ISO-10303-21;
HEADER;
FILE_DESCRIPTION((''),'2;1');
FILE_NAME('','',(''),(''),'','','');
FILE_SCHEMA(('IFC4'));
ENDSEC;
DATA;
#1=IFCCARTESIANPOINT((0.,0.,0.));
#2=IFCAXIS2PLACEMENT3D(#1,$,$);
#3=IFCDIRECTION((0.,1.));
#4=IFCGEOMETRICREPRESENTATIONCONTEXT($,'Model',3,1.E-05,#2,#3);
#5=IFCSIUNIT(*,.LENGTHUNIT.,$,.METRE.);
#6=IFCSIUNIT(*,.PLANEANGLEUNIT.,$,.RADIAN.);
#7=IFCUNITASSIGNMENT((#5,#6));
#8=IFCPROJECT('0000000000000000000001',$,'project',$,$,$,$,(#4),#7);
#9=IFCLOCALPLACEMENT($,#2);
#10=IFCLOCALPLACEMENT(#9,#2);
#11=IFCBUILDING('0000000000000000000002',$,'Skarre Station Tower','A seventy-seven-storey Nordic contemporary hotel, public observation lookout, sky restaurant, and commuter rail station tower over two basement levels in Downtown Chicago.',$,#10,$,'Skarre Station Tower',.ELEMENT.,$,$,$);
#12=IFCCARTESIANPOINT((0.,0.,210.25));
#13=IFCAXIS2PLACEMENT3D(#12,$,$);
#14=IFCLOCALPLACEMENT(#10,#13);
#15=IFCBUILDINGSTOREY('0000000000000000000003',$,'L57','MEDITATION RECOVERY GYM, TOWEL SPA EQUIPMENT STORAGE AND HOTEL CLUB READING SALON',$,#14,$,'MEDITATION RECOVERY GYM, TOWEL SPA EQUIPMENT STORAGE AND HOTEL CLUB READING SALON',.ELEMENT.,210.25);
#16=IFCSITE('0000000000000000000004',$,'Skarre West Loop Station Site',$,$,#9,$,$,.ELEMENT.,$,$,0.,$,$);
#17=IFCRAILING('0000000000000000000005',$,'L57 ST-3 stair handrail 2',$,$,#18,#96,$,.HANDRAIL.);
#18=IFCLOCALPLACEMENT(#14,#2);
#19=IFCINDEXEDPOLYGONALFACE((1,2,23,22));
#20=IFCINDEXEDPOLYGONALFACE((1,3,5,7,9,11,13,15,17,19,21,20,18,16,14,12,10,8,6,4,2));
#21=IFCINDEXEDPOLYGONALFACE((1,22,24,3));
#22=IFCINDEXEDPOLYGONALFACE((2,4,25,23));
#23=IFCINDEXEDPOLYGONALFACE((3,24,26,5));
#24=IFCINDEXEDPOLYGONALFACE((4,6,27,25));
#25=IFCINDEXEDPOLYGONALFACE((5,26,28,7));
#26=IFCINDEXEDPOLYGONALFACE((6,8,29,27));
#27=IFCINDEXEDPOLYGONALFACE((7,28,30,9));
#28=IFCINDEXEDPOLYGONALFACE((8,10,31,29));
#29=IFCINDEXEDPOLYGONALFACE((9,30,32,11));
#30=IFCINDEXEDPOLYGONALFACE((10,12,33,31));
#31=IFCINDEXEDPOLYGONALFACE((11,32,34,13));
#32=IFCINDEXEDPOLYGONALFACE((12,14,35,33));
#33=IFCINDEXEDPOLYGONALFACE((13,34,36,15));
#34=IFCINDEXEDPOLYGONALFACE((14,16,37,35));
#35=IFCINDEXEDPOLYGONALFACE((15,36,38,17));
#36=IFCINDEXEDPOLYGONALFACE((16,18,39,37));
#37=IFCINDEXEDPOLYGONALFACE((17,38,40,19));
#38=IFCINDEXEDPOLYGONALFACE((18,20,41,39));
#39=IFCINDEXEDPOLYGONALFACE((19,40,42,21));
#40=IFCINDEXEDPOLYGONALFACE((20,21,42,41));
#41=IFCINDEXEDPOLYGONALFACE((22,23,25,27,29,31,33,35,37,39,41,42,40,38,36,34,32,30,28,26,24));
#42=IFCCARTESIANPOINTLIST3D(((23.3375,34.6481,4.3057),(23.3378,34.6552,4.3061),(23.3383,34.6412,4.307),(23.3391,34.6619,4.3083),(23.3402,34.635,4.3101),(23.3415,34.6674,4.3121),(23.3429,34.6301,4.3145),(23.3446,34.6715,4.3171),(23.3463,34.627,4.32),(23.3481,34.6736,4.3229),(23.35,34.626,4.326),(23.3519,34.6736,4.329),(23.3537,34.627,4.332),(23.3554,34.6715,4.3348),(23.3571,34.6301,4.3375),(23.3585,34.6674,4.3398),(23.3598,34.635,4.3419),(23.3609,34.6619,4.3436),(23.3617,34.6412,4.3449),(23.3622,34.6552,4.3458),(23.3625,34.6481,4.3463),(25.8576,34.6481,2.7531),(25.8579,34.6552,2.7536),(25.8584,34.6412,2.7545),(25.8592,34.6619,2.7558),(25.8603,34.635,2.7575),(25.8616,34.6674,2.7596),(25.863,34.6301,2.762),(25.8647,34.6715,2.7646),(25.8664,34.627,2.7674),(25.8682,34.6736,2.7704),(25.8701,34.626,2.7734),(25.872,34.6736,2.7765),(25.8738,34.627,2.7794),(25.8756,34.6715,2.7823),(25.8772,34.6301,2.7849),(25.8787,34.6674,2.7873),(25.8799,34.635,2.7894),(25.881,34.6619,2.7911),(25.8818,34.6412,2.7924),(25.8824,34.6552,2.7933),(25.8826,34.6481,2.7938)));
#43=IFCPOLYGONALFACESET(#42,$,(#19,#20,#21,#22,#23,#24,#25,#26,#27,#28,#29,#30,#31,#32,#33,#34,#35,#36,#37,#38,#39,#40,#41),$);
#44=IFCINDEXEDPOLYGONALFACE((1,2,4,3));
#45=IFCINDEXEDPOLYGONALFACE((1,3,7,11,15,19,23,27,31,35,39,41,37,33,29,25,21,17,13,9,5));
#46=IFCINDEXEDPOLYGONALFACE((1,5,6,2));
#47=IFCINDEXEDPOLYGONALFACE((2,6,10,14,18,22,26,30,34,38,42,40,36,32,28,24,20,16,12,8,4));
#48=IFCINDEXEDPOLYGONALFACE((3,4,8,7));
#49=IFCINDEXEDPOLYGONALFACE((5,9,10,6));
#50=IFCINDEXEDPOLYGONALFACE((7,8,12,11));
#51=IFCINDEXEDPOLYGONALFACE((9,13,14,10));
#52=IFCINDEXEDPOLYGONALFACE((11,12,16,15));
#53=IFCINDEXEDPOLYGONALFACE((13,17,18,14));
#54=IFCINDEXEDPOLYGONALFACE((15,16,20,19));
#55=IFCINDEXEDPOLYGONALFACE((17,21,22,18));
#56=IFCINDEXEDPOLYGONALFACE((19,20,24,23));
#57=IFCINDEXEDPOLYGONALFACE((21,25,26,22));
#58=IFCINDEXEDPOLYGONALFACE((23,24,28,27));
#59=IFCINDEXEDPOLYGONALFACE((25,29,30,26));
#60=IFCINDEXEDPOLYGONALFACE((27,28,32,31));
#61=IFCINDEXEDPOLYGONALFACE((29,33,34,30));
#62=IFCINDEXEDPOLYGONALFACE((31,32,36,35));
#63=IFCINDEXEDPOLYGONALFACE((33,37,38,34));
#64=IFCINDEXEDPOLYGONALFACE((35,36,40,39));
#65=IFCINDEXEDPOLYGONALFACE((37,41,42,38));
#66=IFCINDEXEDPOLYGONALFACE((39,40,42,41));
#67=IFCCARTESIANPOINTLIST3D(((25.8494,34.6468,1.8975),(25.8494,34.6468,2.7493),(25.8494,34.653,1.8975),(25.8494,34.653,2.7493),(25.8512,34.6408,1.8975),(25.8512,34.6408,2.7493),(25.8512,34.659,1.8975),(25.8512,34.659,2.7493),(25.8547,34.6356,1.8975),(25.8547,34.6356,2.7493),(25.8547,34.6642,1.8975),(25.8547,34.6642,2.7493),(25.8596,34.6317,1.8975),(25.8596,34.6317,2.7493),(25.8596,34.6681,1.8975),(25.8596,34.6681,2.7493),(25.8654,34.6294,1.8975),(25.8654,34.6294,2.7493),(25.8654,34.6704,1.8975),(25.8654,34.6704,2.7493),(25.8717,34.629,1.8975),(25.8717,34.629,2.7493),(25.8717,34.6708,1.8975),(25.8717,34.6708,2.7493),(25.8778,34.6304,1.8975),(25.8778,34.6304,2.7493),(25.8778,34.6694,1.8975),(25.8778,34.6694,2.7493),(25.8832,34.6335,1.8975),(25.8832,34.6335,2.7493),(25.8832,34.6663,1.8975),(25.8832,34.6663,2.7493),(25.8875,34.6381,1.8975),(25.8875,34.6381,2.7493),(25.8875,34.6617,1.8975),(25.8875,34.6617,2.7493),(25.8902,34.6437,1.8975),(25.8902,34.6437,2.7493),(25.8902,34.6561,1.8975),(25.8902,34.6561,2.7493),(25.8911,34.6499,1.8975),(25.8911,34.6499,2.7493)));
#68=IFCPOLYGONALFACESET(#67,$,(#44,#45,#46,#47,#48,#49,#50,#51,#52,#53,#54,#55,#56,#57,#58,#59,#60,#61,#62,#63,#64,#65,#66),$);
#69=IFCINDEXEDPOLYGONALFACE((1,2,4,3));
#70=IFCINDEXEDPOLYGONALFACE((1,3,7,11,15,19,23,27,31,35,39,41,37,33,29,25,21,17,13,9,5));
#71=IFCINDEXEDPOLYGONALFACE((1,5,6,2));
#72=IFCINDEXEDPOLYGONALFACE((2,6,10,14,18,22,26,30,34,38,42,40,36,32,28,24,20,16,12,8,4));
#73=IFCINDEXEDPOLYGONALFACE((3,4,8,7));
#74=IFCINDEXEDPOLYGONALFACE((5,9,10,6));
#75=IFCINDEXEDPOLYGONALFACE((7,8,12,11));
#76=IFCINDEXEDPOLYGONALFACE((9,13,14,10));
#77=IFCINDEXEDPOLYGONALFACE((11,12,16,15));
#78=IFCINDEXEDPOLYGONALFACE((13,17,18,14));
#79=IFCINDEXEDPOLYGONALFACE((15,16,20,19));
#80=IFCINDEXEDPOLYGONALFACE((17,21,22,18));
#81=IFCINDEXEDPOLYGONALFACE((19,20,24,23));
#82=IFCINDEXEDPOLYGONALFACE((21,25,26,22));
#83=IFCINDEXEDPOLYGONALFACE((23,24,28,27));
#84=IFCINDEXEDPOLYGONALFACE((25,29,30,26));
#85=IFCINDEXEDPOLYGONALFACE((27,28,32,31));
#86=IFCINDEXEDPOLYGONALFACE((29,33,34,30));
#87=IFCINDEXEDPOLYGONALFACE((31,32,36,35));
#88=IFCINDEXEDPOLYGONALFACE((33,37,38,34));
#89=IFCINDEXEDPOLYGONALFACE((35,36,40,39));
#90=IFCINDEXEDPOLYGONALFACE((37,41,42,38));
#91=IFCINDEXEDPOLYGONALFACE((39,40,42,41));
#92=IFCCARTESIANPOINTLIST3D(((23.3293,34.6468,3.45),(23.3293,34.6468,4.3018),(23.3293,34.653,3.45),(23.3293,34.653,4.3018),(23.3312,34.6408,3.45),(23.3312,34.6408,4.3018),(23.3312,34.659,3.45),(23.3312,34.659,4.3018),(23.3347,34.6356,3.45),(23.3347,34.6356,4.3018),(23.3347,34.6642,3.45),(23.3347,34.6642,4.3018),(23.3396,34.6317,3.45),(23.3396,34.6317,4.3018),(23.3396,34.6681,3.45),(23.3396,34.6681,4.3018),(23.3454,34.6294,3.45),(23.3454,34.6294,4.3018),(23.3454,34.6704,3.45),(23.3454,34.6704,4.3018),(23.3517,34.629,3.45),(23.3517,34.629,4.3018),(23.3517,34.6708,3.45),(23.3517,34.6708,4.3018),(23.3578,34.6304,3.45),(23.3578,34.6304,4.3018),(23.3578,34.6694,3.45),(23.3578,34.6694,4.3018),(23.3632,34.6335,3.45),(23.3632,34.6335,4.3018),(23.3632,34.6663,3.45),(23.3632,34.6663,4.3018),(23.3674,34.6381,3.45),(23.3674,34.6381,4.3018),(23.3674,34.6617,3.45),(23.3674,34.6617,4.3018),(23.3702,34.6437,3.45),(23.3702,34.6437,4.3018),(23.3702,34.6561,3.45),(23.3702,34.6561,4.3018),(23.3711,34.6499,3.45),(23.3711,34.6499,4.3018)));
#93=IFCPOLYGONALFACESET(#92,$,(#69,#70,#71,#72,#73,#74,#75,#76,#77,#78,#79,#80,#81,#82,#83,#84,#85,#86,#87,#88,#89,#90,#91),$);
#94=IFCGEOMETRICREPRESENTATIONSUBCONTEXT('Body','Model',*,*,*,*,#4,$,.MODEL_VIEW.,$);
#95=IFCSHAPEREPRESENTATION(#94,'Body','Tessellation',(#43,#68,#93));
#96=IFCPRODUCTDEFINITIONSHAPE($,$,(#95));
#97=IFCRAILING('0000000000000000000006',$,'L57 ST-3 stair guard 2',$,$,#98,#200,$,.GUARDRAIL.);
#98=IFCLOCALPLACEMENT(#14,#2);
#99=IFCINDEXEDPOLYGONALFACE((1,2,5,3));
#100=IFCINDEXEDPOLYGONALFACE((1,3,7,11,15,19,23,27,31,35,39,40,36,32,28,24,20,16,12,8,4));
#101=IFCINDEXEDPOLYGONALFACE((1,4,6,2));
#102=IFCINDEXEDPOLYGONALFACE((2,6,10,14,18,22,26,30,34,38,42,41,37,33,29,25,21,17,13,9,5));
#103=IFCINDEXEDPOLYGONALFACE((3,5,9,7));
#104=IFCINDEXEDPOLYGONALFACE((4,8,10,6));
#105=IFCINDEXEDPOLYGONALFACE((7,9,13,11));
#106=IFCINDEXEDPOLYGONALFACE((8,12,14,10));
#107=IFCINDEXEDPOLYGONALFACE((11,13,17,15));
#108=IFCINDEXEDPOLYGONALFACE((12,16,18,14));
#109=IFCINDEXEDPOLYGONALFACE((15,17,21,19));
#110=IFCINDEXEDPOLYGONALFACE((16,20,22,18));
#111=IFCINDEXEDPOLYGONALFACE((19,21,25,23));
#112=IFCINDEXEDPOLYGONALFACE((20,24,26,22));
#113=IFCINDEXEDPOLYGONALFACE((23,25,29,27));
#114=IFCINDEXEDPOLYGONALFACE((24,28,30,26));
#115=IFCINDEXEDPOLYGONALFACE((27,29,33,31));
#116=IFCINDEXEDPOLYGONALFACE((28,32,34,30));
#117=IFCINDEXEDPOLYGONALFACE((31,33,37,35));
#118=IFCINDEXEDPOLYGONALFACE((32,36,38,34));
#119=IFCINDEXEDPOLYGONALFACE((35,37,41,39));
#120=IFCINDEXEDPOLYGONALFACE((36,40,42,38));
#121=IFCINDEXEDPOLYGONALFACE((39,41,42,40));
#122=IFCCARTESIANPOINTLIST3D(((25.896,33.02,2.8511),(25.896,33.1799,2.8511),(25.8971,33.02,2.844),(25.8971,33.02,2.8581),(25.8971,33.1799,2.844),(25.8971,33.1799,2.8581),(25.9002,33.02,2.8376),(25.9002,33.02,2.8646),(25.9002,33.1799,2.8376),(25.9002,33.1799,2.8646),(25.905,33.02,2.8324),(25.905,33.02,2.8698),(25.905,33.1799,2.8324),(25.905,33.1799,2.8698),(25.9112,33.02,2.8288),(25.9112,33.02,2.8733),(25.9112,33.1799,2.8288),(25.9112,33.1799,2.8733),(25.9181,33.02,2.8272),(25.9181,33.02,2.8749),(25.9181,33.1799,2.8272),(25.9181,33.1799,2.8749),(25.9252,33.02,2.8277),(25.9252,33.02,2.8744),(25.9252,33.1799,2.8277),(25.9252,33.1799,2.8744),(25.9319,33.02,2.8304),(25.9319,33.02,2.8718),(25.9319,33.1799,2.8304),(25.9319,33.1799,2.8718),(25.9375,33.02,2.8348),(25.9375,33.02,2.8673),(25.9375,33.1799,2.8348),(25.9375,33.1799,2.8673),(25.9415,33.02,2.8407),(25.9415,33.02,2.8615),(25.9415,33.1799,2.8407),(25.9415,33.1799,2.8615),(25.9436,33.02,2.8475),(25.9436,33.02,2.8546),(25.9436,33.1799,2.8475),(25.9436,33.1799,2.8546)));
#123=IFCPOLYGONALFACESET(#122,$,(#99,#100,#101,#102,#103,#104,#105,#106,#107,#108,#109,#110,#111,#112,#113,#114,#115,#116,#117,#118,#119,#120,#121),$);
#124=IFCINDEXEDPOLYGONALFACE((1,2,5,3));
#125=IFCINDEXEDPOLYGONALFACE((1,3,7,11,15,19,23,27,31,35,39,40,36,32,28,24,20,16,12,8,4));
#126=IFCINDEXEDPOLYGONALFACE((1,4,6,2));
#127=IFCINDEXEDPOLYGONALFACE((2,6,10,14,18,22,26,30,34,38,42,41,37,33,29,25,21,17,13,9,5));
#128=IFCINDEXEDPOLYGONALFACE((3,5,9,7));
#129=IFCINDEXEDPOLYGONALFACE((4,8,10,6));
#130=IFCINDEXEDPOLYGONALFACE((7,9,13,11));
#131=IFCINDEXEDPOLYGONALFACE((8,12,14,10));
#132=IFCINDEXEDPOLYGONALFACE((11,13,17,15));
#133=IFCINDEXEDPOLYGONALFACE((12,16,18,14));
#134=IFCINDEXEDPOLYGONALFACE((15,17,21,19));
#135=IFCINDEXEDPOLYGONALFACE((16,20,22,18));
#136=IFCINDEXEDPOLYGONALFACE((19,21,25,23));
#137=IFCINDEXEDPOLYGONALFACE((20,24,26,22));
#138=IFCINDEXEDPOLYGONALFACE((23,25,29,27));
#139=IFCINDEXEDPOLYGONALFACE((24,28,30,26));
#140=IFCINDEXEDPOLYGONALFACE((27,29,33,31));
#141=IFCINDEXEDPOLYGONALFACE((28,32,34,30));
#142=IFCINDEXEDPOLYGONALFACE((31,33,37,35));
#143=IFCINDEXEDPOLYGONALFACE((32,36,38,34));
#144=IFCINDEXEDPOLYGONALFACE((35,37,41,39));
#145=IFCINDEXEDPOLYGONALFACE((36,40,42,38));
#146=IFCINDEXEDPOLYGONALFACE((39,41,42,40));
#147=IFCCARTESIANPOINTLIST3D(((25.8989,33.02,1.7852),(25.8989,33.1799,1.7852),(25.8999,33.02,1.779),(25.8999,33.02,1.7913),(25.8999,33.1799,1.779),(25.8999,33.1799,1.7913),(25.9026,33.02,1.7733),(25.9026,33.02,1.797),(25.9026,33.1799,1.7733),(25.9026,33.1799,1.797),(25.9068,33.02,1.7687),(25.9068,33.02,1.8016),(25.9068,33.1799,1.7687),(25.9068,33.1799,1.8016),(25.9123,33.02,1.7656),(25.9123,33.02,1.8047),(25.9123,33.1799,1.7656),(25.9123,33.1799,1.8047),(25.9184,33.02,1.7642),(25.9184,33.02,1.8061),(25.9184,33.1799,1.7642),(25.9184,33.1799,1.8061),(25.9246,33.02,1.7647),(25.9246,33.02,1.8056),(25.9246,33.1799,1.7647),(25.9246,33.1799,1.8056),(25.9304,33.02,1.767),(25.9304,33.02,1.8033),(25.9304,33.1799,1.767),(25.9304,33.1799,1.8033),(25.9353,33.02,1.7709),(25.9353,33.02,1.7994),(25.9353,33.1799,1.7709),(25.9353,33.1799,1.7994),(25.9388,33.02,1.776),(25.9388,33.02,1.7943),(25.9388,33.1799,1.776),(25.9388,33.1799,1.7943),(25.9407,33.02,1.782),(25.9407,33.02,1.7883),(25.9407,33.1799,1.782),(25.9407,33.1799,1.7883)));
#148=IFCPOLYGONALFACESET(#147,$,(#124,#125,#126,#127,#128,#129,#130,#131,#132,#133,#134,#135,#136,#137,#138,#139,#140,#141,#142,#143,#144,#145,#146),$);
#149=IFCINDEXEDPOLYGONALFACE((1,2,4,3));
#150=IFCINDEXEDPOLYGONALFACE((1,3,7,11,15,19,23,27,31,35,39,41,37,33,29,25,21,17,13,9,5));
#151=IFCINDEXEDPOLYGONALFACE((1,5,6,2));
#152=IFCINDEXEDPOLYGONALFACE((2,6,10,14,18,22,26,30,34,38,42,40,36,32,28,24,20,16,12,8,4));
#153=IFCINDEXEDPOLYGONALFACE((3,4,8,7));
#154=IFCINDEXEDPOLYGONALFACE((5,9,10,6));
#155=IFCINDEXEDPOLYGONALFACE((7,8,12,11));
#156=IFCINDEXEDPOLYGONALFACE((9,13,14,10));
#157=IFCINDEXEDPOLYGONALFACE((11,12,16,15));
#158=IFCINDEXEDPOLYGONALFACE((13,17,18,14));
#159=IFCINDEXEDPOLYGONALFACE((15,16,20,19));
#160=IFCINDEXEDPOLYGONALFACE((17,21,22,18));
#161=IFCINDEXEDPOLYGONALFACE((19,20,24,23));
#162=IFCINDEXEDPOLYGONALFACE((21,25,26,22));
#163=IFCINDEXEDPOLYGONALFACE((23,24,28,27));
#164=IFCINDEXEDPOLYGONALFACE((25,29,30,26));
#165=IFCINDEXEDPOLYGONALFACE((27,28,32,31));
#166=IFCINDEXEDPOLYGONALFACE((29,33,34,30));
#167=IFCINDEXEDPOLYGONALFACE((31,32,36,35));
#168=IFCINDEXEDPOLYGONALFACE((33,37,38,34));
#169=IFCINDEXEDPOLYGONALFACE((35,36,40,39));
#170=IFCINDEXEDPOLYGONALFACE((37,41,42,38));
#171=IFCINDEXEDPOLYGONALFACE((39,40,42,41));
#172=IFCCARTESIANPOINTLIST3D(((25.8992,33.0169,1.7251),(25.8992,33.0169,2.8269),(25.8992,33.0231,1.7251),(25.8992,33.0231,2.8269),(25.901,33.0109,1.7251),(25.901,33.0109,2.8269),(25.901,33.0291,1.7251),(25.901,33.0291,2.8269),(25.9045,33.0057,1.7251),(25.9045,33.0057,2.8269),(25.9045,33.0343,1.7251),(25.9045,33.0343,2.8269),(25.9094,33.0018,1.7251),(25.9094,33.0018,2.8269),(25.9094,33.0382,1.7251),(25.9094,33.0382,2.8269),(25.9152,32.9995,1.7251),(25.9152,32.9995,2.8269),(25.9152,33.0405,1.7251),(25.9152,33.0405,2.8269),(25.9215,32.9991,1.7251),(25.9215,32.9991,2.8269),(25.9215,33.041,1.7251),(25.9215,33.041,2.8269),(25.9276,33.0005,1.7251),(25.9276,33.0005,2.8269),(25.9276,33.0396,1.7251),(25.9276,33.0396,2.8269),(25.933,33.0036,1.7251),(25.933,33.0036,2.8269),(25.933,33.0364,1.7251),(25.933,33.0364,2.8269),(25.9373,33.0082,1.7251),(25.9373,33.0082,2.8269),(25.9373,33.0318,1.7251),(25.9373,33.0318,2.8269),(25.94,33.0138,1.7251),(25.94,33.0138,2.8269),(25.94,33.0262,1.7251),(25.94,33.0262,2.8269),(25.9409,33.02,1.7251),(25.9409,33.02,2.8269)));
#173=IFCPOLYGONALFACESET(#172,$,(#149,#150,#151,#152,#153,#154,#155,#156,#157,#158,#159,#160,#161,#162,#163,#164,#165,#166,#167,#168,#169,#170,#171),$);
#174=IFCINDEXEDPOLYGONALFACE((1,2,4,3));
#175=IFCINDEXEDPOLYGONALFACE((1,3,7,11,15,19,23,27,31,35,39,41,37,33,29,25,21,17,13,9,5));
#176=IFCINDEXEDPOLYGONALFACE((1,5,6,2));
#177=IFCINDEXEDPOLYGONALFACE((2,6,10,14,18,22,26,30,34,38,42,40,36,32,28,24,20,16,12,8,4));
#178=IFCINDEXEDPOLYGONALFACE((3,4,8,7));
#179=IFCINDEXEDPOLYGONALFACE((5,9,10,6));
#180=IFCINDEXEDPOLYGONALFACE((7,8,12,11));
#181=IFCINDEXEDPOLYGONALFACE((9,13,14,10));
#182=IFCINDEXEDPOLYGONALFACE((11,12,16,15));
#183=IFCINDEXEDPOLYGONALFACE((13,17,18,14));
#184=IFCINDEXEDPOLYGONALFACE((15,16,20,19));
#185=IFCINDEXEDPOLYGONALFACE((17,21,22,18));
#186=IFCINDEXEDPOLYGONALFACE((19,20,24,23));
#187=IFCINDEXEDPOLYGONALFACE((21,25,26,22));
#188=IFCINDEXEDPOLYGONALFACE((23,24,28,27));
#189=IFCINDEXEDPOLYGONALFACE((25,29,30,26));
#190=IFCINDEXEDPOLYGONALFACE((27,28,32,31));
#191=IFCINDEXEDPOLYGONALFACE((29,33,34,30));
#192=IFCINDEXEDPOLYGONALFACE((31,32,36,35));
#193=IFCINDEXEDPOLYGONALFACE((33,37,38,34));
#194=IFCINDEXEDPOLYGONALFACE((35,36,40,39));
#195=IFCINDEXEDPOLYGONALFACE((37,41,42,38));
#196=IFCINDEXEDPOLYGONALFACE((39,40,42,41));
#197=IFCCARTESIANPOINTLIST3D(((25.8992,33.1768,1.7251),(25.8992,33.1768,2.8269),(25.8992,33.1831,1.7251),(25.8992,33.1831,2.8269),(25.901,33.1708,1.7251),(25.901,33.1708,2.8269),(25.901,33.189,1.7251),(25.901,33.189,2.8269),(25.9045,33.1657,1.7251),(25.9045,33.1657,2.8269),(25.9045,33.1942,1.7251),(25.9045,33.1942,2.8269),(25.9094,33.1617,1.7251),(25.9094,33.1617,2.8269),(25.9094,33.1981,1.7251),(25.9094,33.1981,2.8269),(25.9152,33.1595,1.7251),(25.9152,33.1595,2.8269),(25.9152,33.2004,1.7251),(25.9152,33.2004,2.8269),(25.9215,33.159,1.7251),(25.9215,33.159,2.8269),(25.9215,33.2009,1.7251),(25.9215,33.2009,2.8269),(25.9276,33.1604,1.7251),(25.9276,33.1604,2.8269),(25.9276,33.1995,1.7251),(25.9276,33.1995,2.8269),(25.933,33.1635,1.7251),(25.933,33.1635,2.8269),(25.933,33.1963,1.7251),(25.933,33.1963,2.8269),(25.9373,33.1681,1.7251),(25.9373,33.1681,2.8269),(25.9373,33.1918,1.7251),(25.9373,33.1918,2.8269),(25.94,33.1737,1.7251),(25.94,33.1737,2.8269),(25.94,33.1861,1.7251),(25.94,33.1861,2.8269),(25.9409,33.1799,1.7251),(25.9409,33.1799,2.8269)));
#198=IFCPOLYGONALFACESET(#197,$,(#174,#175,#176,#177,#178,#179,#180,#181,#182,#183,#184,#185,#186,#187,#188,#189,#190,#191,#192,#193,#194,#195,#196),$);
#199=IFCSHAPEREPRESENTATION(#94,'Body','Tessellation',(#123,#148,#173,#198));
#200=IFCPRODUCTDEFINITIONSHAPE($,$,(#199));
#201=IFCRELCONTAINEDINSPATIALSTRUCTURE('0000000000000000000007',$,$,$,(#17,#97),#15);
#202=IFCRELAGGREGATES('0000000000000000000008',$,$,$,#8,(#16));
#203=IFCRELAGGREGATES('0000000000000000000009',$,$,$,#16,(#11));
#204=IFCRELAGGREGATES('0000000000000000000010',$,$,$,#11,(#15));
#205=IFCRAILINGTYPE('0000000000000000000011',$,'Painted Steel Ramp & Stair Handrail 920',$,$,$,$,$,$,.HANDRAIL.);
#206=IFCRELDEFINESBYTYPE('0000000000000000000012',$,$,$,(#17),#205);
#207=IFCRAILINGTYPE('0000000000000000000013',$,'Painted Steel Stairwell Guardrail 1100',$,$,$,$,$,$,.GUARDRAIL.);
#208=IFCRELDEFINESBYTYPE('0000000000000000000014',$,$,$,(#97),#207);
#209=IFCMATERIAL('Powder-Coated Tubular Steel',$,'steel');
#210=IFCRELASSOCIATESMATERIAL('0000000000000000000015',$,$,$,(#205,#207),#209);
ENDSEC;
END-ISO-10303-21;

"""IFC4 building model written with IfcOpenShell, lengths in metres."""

from ifc_helpers import new_model, si_unit, direction, frame, origin, origin_2d, place, context, subcontext, project, spatial, circle, extrude, material, type_object, element, save


model = new_model("IFC4")

# Units and contexts
model_context = context("Model", 3, precision=1e-05, world=origin(), true_north=direction((0.0, 1.0)))
body_context = subcontext(model_context, "Body", "Model", "MODEL_VIEW")
ifc_project = project(units=[si_unit("LENGTHUNIT", "METRE"), si_unit("PLANEANGLEUNIT", "RADIAN")], contexts=[model_context])

# Site, building, storey
site_placement = place(None, origin())
site = spatial("IfcSite", under=ifc_project, at=site_placement, Name="Skarre West Loop Station Site", CompositionType="ELEMENT", RefElevation=0.0)
building_placement = place(site_placement, origin())
building = spatial("IfcBuilding", under=site, at=building_placement, Name="Skarre Station Tower", Description="A seventy-seven-storey Nordic contemporary hotel, public observation lookout, sky restaurant, and commuter rail station tower over two basement levels in Downtown Chicago.", LongName="Skarre Station Tower", CompositionType="ELEMENT")
storey_placement = place(building_placement, frame((0.0, 0.0, 210.25)))
storey = spatial("IfcBuildingStorey", under=building, at=storey_placement, Name="L57", Description="MEDITATION RECOVERY GYM, TOWEL SPA EQUIPMENT STORAGE AND HOTEL CLUB READING SALON", LongName="MEDITATION RECOVERY GYM, TOWEL SPA EQUIPMENT STORAGE AND HOTEL CLUB READING SALON", CompositionType="ELEMENT", Elevation=210.25)

# Railings
ifc_material_1 = material(Name="Powder-Coated Tubular Steel", Category="steel")
railing_type_1 = type_object("IfcRailingType", Name="Painted Steel Ramp & Stair Handrail 920", PredefinedType="HANDRAIL", material=ifc_material_1)
railing_1_placement = place(storey_placement, frame((25.8701, 34.6499, 1.8975)))
element("IfcRailing", 1, at=railing_1_placement, inside=storey, type_object=railing_type_1, Name="L57 ST-3 stair handrail 2", PredefinedType="HANDRAIL", context=body_context, shape_type="SweptSolid", body=[
    extrude(circle(Radius=0.0239, at=origin_2d()), frame((0.0, 0.0, 0.876), z_axis=(-0.8514, 0.0, 0.524516), x_axis=(0.0, -1.0, 0.0)), (0.0, 0.0, 1.0), 2.96),
    extrude(circle(Radius=0.021, at=origin_2d()), origin(), (0.0, 0.0, 1.0), 0.8518),
    extrude(circle(Radius=0.021, at=origin_2d()), frame((-2.52, 0.0, 1.5525)), (0.0, 0.0, 1.0), 0.8518),
])
railing_type_2 = type_object("IfcRailingType", Name="Painted Steel Stairwell Guardrail 1100", PredefinedType="GUARDRAIL", material=ifc_material_1)
railing_2_placement = place(storey_placement, frame((25.9199, 33.02, 1.7251)))
element("IfcRailing", 2, at=railing_2_placement, inside=storey, type_object=railing_type_2, Name="L57 ST-3 stair guard 2", PredefinedType="GUARDRAIL", context=body_context, shape_type="SweptSolid", body=[
    extrude(circle(Radius=0.0239, at=origin_2d()), frame((0.0, 0.0, 1.126), z_axis=(0.0, 1.0, 0.0), x_axis=(-1.0, 0.0, 0.0)), (0.0, 0.0, 1.0), 0.1599),
    extrude(circle(Radius=0.021, at=origin_2d()), frame((0.0, 0.0, 0.0601), z_axis=(0.0, 1.0, 0.0), x_axis=(-1.0, 0.0, 0.0)), (0.0, 0.0, 1.0), 0.1599),
    extrude(circle(Radius=0.021, at=origin_2d()), origin(), (0.0, 0.0, 1.0), 1.1018),
    extrude(circle(Radius=0.021, at=origin_2d()), frame((0.0, 0.1599, 0.0)), (0.0, 0.0, 1.0), 1.1018),
])

save(model, "model.ifc")
